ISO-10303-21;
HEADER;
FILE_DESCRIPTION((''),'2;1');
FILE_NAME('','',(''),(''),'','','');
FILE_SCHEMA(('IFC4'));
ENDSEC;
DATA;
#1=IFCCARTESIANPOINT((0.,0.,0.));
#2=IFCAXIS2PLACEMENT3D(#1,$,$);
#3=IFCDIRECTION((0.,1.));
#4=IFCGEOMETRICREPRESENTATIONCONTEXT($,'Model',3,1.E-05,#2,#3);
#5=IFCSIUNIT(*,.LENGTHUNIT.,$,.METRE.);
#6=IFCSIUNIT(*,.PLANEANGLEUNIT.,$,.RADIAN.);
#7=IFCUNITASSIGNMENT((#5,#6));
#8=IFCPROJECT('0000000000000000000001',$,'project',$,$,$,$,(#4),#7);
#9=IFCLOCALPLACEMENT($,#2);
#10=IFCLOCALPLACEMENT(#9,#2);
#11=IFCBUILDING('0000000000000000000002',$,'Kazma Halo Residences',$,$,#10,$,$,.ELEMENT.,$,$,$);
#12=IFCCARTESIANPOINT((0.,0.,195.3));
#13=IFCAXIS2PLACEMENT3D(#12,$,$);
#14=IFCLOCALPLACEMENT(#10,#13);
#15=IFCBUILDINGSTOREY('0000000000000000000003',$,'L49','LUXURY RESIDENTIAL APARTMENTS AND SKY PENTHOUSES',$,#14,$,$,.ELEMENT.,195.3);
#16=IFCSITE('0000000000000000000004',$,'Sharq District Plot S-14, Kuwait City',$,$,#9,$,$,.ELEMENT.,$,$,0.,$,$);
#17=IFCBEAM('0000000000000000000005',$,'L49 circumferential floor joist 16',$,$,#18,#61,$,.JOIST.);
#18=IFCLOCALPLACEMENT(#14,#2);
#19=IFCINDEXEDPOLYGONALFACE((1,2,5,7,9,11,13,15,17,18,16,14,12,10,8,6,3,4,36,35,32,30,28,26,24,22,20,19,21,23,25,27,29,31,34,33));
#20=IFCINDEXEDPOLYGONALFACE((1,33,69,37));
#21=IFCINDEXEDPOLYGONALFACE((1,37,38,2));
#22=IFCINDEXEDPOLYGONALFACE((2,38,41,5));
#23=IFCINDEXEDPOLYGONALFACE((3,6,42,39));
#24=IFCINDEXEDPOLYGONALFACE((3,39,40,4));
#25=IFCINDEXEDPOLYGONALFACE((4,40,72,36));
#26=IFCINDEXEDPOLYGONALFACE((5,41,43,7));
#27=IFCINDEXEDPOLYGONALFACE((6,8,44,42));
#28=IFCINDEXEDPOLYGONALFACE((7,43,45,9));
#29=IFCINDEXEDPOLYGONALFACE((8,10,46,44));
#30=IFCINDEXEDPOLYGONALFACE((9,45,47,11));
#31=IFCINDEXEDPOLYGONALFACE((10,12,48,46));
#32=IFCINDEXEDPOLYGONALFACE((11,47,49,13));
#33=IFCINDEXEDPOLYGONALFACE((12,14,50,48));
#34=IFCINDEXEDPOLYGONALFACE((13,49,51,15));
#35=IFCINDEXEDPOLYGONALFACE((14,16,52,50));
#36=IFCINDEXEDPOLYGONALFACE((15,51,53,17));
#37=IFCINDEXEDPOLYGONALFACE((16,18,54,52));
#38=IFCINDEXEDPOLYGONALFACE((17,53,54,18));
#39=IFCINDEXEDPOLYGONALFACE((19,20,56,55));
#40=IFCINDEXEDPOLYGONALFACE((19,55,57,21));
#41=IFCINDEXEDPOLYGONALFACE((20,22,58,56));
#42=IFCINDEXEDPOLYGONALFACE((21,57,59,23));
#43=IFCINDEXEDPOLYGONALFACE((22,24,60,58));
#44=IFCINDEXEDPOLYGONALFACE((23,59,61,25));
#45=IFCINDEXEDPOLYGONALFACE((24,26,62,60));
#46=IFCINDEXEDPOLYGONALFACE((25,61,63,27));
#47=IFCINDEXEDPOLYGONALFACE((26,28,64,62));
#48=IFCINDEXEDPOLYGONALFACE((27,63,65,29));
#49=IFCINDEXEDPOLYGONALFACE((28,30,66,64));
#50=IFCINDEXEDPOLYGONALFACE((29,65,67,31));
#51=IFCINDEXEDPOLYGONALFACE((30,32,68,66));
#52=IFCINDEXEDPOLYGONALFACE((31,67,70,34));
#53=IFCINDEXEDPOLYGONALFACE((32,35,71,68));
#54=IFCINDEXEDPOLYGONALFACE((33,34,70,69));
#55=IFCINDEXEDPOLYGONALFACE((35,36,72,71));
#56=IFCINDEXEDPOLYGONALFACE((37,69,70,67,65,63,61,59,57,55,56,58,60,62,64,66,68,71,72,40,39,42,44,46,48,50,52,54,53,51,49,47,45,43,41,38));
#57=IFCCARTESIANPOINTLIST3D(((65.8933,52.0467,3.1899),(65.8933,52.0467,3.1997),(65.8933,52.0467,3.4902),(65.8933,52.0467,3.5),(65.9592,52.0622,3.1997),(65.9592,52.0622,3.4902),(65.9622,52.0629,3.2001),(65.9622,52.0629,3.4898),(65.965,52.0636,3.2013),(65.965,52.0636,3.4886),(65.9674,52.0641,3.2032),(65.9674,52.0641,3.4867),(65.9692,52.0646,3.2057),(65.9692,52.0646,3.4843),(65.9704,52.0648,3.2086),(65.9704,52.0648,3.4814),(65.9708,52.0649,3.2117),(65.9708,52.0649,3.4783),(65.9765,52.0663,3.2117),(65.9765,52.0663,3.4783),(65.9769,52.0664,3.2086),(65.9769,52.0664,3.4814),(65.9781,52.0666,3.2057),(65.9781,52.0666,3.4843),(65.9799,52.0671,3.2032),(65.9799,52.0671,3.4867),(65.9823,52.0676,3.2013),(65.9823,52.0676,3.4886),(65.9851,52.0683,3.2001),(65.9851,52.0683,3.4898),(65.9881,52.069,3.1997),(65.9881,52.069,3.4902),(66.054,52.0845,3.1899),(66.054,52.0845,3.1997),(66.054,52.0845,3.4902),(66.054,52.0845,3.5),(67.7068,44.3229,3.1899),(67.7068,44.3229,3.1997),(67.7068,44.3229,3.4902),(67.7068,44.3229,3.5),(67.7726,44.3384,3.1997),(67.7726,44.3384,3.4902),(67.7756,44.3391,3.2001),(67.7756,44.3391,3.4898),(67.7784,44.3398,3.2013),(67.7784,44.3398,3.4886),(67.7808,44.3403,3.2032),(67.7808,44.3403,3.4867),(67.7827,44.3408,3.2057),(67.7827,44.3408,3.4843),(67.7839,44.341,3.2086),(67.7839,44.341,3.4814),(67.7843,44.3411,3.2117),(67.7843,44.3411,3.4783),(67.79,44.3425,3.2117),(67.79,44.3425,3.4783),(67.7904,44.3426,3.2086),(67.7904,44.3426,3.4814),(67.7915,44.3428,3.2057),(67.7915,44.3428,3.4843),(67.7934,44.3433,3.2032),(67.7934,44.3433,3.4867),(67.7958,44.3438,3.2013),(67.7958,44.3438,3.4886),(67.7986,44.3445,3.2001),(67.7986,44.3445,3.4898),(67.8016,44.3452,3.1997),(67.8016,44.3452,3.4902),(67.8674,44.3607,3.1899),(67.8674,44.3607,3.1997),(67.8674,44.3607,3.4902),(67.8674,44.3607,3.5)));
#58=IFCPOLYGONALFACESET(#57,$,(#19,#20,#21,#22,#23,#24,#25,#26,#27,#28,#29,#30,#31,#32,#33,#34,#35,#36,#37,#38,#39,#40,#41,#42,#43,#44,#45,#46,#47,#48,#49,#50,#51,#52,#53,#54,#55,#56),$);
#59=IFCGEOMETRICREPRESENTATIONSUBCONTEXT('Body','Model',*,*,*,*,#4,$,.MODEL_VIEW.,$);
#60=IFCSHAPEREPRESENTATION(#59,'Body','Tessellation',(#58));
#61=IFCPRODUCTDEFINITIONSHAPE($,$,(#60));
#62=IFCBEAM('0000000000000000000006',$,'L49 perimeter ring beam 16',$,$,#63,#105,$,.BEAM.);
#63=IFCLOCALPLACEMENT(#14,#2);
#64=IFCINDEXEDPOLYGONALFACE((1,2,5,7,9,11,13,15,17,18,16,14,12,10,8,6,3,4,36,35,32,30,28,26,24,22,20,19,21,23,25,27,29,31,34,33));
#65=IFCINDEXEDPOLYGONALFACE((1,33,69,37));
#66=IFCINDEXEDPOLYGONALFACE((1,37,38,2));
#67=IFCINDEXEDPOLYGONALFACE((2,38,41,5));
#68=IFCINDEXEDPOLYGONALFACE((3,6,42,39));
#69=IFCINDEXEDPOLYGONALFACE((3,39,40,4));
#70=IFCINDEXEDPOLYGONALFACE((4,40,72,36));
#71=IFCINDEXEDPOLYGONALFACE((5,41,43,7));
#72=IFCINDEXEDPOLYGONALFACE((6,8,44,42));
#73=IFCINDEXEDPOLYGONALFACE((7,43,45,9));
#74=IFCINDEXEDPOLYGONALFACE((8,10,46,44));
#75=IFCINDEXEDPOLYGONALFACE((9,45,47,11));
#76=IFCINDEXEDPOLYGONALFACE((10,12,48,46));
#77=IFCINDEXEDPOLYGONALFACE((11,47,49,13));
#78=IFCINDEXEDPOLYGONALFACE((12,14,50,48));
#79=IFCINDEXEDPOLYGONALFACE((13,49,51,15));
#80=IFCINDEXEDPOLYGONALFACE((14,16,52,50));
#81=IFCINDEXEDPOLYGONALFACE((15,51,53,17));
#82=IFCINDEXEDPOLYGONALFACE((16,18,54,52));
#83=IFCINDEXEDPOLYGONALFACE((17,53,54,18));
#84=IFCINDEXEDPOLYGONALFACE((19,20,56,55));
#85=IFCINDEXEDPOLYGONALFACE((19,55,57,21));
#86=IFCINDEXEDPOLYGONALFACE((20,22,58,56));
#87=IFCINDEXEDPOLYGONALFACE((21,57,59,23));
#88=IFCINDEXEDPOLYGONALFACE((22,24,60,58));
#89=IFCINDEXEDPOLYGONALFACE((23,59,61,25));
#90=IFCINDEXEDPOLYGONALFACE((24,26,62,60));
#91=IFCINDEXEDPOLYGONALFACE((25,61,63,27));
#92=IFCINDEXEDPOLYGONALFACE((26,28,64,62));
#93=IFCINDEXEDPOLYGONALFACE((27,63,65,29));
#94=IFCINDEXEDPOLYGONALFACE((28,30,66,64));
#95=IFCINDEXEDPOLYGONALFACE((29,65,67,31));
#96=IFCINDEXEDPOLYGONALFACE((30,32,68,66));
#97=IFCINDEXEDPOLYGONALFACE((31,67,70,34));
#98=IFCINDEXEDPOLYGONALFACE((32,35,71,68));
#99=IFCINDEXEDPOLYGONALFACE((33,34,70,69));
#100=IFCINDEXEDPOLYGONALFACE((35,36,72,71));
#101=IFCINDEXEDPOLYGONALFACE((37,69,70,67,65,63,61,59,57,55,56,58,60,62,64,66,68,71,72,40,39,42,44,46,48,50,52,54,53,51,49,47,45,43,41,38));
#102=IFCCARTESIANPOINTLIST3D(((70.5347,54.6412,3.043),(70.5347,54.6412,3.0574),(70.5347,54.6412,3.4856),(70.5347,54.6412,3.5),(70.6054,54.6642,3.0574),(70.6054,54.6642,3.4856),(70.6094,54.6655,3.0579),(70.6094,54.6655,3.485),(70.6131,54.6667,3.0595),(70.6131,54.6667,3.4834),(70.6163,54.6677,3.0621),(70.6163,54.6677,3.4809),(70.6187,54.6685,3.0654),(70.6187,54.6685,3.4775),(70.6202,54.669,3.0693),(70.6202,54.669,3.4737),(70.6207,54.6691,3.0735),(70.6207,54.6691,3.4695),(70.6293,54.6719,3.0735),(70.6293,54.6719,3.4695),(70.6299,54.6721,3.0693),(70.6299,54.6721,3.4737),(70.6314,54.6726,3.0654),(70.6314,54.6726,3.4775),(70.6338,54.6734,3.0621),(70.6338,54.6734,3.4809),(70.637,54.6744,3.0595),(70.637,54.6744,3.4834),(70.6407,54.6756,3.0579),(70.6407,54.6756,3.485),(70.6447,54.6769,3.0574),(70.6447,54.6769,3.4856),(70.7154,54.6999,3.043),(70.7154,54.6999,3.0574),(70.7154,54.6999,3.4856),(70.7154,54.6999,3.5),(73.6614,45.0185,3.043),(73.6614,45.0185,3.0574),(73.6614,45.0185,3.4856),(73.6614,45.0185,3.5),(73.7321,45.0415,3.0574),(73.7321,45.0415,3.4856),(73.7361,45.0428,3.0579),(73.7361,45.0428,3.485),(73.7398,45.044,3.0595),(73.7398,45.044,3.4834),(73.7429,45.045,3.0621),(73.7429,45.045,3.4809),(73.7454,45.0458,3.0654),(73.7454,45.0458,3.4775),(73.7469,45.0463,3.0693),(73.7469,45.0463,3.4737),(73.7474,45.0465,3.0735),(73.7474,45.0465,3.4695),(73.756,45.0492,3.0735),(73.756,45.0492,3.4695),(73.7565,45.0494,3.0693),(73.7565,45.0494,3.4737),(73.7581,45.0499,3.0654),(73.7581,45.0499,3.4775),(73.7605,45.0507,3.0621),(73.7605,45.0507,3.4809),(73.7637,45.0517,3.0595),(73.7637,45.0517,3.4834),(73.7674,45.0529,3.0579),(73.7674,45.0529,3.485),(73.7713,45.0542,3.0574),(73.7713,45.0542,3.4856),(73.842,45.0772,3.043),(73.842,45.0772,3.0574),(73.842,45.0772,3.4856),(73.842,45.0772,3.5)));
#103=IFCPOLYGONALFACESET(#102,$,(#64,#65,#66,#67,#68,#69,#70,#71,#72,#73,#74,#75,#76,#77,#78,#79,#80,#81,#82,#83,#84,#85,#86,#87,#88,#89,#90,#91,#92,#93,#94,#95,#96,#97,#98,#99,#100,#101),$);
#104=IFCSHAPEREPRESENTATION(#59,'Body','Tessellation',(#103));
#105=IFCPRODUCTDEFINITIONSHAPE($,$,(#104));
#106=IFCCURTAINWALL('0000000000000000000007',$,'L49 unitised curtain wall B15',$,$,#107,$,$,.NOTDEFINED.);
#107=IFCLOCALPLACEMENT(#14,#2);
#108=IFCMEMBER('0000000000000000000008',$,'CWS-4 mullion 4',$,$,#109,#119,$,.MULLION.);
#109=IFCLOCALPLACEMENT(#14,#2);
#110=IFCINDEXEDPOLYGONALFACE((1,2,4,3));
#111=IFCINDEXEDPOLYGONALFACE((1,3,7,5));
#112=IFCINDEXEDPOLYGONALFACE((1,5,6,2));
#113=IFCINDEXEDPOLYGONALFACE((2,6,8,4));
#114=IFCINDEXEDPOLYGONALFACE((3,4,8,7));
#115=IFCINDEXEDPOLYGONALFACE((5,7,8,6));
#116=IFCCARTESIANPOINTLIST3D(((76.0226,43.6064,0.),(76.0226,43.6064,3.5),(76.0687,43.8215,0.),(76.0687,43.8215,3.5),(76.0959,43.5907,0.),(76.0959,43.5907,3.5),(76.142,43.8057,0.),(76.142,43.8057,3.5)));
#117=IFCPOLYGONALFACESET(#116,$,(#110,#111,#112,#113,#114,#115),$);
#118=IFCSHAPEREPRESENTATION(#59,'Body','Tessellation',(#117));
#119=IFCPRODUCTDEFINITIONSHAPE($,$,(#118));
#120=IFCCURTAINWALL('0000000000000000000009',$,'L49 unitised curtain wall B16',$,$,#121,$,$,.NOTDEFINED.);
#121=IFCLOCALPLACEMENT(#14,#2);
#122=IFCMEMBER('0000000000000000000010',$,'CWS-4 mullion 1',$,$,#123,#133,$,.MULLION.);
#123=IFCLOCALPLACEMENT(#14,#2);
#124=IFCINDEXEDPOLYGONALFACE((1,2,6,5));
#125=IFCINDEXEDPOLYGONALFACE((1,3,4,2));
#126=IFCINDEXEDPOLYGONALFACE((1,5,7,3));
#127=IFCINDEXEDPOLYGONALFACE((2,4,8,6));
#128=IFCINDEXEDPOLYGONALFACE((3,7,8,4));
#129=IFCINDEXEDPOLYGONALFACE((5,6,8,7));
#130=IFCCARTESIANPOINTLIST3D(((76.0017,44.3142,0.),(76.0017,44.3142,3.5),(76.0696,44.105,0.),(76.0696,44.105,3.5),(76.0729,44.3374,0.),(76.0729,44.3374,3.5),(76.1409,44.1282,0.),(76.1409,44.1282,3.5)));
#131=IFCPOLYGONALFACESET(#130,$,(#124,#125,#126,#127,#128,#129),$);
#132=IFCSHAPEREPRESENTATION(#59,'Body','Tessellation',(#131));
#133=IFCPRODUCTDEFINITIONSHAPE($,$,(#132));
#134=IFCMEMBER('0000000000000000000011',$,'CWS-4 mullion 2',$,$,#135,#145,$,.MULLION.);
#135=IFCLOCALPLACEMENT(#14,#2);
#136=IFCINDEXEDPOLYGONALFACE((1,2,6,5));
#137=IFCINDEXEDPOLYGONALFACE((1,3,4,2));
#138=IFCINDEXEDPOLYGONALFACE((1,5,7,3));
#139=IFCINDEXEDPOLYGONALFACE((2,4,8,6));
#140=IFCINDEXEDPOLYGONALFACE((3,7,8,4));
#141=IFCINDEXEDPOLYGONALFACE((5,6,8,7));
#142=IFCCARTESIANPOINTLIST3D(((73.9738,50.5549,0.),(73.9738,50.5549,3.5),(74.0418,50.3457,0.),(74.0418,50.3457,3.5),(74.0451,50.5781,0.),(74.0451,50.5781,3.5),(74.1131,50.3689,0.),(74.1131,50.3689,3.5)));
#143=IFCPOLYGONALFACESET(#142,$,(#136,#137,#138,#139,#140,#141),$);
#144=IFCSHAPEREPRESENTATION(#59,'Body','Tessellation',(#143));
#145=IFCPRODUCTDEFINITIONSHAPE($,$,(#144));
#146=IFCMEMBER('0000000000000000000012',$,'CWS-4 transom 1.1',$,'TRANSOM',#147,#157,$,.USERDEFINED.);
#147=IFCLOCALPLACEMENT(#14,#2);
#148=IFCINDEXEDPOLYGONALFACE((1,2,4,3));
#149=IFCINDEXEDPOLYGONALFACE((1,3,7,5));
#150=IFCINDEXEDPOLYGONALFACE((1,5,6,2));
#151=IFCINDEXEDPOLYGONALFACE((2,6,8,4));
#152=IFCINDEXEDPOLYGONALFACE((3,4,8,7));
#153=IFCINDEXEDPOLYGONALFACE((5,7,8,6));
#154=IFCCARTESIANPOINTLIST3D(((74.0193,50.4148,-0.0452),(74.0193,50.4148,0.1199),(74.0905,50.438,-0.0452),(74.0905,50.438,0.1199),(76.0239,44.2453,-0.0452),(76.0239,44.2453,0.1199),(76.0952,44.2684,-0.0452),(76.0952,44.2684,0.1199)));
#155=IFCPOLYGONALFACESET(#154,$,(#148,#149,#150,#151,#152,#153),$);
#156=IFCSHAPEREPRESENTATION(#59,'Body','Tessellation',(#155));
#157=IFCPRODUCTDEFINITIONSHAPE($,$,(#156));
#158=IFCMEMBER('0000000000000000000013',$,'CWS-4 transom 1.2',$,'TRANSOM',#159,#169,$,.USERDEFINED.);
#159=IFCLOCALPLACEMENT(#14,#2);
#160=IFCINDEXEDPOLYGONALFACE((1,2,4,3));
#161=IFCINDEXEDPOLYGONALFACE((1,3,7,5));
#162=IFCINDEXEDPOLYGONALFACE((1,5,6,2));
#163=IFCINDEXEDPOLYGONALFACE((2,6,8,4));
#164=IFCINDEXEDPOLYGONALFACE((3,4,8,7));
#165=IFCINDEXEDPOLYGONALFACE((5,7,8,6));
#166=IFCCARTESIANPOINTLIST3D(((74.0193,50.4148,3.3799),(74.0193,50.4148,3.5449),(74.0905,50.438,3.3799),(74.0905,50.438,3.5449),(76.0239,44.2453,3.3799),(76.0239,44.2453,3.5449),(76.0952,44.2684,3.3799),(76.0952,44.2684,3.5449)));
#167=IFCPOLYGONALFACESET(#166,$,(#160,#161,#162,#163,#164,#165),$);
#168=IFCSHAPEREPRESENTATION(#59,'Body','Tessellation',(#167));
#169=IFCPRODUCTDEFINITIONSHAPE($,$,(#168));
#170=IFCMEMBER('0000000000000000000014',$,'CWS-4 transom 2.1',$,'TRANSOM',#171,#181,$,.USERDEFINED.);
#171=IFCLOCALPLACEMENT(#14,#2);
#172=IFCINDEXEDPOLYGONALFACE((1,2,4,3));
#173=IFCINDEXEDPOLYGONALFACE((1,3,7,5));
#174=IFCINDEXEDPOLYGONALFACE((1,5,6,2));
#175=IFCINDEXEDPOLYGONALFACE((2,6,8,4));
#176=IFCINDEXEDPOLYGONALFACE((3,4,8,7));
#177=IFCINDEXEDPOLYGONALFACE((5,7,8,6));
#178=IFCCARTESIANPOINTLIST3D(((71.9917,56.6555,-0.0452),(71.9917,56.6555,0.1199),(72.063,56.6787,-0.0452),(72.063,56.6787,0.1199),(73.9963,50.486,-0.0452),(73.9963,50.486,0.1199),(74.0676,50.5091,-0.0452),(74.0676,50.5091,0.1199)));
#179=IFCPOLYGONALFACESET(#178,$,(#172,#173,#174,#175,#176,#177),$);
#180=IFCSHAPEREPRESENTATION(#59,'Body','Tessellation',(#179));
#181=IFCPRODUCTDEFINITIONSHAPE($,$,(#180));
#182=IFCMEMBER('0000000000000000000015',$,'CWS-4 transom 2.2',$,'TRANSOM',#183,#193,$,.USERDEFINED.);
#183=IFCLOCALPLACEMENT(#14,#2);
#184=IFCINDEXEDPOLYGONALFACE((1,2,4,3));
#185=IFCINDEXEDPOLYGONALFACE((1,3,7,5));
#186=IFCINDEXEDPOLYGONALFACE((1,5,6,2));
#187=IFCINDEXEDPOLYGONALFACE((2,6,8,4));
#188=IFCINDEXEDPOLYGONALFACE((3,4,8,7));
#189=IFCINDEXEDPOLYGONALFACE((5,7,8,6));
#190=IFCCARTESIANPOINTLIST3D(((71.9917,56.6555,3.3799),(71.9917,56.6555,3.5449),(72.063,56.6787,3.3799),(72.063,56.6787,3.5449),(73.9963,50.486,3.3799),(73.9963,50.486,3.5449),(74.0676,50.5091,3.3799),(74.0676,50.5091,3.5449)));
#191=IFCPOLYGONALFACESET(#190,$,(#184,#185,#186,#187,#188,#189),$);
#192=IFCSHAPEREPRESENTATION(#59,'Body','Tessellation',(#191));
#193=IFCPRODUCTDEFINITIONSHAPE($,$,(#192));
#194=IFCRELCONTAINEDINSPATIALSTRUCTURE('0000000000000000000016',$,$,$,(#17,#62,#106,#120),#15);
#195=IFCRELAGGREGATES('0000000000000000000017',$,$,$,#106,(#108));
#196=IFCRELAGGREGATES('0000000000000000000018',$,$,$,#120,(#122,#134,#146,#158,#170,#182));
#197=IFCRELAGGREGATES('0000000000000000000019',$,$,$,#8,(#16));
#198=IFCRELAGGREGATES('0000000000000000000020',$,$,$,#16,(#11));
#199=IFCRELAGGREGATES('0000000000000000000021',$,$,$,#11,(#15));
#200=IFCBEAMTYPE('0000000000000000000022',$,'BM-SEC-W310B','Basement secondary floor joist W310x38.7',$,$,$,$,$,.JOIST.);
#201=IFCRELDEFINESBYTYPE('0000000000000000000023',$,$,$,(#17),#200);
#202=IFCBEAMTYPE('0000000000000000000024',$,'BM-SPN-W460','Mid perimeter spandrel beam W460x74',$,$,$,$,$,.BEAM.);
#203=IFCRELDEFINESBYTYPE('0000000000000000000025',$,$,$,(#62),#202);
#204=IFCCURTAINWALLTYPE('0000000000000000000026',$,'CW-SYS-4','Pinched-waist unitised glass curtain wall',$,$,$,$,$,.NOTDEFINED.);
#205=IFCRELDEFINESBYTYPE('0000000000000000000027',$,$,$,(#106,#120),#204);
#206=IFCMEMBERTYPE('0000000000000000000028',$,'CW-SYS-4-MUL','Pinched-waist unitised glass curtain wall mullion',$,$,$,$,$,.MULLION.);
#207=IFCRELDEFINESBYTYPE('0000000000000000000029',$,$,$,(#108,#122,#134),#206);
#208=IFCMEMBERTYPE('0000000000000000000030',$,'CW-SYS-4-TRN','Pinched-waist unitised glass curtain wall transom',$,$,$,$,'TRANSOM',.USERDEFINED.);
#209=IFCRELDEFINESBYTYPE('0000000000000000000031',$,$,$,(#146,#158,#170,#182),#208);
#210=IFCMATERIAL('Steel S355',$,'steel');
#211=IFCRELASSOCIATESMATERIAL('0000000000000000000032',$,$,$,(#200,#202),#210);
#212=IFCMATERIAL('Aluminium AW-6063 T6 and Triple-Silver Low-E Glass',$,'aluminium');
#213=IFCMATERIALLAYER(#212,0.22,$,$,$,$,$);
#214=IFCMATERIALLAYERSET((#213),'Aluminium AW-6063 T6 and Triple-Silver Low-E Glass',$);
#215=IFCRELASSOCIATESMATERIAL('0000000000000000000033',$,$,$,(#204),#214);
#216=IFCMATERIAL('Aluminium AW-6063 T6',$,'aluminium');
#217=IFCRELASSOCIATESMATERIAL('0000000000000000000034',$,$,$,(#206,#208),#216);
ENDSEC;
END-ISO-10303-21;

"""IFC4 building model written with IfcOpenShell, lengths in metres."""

from ifc_helpers import new_model, si_unit, direction, frame, origin, origin_2d, place, context, subcontext, project, spatial, rectangle, i_section, extrude, material, layer, layer_set, material_profile, profile_set, type_object, element, aggregate, save


model = new_model("IFC4")

# Units and contexts
model_context = context("Model", 3, precision=1e-05, world=origin(), true_north=direction((0.0, 1.0)))
body_context = subcontext(model_context, "Body", "Model", "MODEL_VIEW")
ifc_project = project(units=[si_unit("LENGTHUNIT", "METRE"), si_unit("PLANEANGLEUNIT", "RADIAN")], contexts=[model_context])

# Site, building, storey
site_placement = place(None, origin())
site = spatial("IfcSite", under=ifc_project, at=site_placement, Name="Sharq District Plot S-14, Kuwait City", CompositionType="ELEMENT", RefElevation=0.0)
building_placement = place(site_placement, origin())
building = spatial("IfcBuilding", under=site, at=building_placement, Name="Kazma Halo Residences", CompositionType="ELEMENT")
storey_placement = place(building_placement, frame((0.0, 0.0, 195.3)))
storey = spatial("IfcBuildingStorey", under=building, at=storey_placement, Name="L49", Description="LUXURY RESIDENTIAL APARTMENTS AND SKY PENTHOUSES", CompositionType="ELEMENT", Elevation=195.3)

# Beams
ifc_material_1 = material(Name="Steel S355", Category="steel")
ifc_material_profile_1 = material_profile(ifc_material_1, i_section(OverallWidth=0.165, OverallDepth=0.3101, WebThickness=0.0059, FlangeThickness=0.0098, FilletRadius=0.012, at=origin_2d()), Name="W310x38.7")
ifc_profile_set_1 = profile_set([ifc_material_profile_1], Name="Steel S355")
beam_type_1 = type_object("IfcBeamType", Name="BM-SEC-W310B", Description="Basement secondary floor joist W310x38.7", PredefinedType="JOIST", material=ifc_profile_set_1)
beam_1_placement = place(storey_placement, frame((67.7871, 44.3418, 3.345), z_axis=(-0.228573, 0.973527, 0.0), x_axis=(-0.973527, -0.228573, 0.0)))
element("IfcBeam", 1, at=beam_1_placement, inside=storey, type_object=beam_type_1, Name="L49 circumferential floor joist 16", PredefinedType="JOIST", context=body_context, shape_type="SweptSolid", body=[
    extrude(i_section(OverallWidth=0.165, OverallDepth=0.3101, WebThickness=0.0059, FlangeThickness=0.0098, FilletRadius=0.012, at=origin_2d()), origin(), (0.0, 0.0, 1.0), 7.9338),
])
ifc_material_profile_2 = material_profile(ifc_material_1, i_section(OverallWidth=0.1899, OverallDepth=0.457, WebThickness=0.009, FlangeThickness=0.0144, FilletRadius=0.0161, at=origin_2d()), Name="W460x74")
ifc_profile_set_2 = profile_set([ifc_material_profile_2], Name="Steel S355")
beam_type_2 = type_object("IfcBeamType", Name="BM-SPN-W460", Description="Mid perimeter spandrel beam W460x74", PredefinedType="BEAM", material=ifc_profile_set_2)
beam_2_placement = place(storey_placement, frame((73.7517, 45.0479, 3.2715), z_axis=(-0.309023, 0.951054, 0.0), x_axis=(-0.951054, -0.309023, 0.0)))
element("IfcBeam", 2, at=beam_2_placement, inside=storey, type_object=beam_type_2, Name="L49 perimeter ring beam 16", PredefinedType="BEAM", context=body_context, shape_type="SweptSolid", body=[
    extrude(i_section(OverallWidth=0.1899, OverallDepth=0.457, WebThickness=0.009, FlangeThickness=0.0144, FilletRadius=0.0161, at=origin_2d()), origin(), (0.0, 0.0, 1.0), 10.1179),
])

# Curtain wall, member
ifc_material_2 = material(Name="Aluminium AW-6063 T6 and Triple-Silver Low-E Glass", Category="aluminium")
ifc_layer_1 = layer(ifc_material_2, 0.22)
ifc_layer_set_1 = layer_set([ifc_layer_1], Name="Aluminium AW-6063 T6 and Triple-Silver Low-E Glass")
curtain_wall_type = type_object("IfcCurtainWallType", Name="CW-SYS-4", Description="Pinched-waist unitised glass curtain wall", PredefinedType="NOTDEFINED", material=ifc_layer_set_1)
curtain_wall_1_placement = place(storey_placement, origin())
curtain_wall_1 = element("IfcCurtainWall", 3, at=curtain_wall_1_placement, inside=storey, type_object=curtain_wall_type, Name="L49 unitised curtain wall B15", PredefinedType="NOTDEFINED")
ifc_material_3 = material(Name="Aluminium AW-6063 T6", Category="aluminium")
ifc_material_profile_3 = material_profile(ifc_material_3, rectangle(XDim=0.075, YDim=0.22, at=origin_2d()), Name="CWM-75x220")
ifc_profile_set_3 = profile_set([ifc_material_profile_3], Name="Aluminium AW-6063 T6")
member_type_1 = type_object("IfcMemberType", Name="CW-SYS-4-MUL", Description="Pinched-waist unitised glass curtain wall mullion", PredefinedType="MULLION", material=ifc_profile_set_3)
member_1_placement = place(storey_placement, frame((76.0823, 43.7061, 0.0), z_axis=(0.0, 0.0, 1.0), x_axis=(-0.977768, 0.20969, 0.0)))
member_1 = element("IfcMember", 4, at=member_1_placement, type_object=member_type_1, Name="CWS-4 mullion 4", PredefinedType="MULLION", context=body_context, shape_type="SweptSolid", body=[
    extrude(rectangle(XDim=0.075, YDim=0.22, at=origin_2d()), origin(), (0.0, 0.0, 1.0), 3.5),
])
aggregate(curtain_wall_1, [member_1])

# Curtain wall, members
curtain_wall_2_placement = place(storey_placement, origin())
curtain_wall_2 = element("IfcCurtainWall", 5, at=curtain_wall_2_placement, inside=storey, type_object=curtain_wall_type, Name="L49 unitised curtain wall B16", PredefinedType="NOTDEFINED")
member_2_placement = place(storey_placement, frame((76.0713, 44.2212, 0.0), z_axis=(0.0, 0.0, 1.0), x_axis=(-0.951057, -0.309016, 0.0)))
member_2 = element("IfcMember", 6, at=member_2_placement, type_object=member_type_1, Name="CWS-4 mullion 1", PredefinedType="MULLION", context=body_context, shape_type="SweptSolid", body=[
    extrude(rectangle(XDim=0.075, YDim=0.22, at=origin_2d()), origin(), (0.0, 0.0, 1.0), 3.5),
])
member_3_placement = place(storey_placement, frame((74.0435, 50.4619, 0.0), z_axis=(0.0, 0.0, 1.0), x_axis=(-0.951057, -0.309016, 0.0)))
member_3 = element("IfcMember", 7, at=member_3_placement, type_object=member_type_1, Name="CWS-4 mullion 2", PredefinedType="MULLION", context=body_context, shape_type="SweptSolid", body=[
    extrude(rectangle(XDim=0.075, YDim=0.22, at=origin_2d()), origin(), (0.0, 0.0, 1.0), 3.5),
])
ifc_material_profile_4 = material_profile(ifc_material_3, rectangle(XDim=0.075, YDim=0.165, at=origin_2d()), Name="CWT-75x165")
ifc_profile_set_4 = profile_set([ifc_material_profile_4], Name="Aluminium AW-6063 T6")
member_type_2 = type_object("IfcMemberType", Name="CW-SYS-4-TRN", Description="Pinched-waist unitised glass curtain wall transom", ElementType="TRANSOM", PredefinedType="USERDEFINED", material=ifc_profile_set_4)
member_4_placement = place(storey_placement, frame((76.0596, 44.2568, 0.0374), z_axis=(-0.309027, 0.951053, 0.0), x_axis=(-0.951053, -0.309027, 0.0)))
member_4 = element("IfcMember", 8, at=member_4_placement, type_object=member_type_2, Name="CWS-4 transom 1.1", ObjectType="TRANSOM", PredefinedType="USERDEFINED", context=body_context, shape_type="SweptSolid", body=[
    extrude(rectangle(XDim=0.075, YDim=0.165, at=origin_2d()), origin(), (0.0, 0.0, 1.0), 6.4871),
])
member_5_placement = place(storey_placement, frame((76.0596, 44.2568, 3.4624), z_axis=(-0.309027, 0.951053, 0.0), x_axis=(-0.951053, -0.309027, 0.0)))
member_5 = element("IfcMember", 9, at=member_5_placement, type_object=member_type_2, Name="CWS-4 transom 1.2", ObjectType="TRANSOM", PredefinedType="USERDEFINED", context=body_context, shape_type="SweptSolid", body=[
    extrude(rectangle(XDim=0.075, YDim=0.165, at=origin_2d()), origin(), (0.0, 0.0, 1.0), 6.4871),
])
member_6_placement = place(storey_placement, frame((74.032, 50.4976, 0.0374), z_axis=(-0.309015, 0.951057, 0.0), x_axis=(-0.951057, -0.309015, 0.0)))
member_6 = element("IfcMember", 10, at=member_6_placement, type_object=member_type_2, Name="CWS-4 transom 2.1", ObjectType="TRANSOM", PredefinedType="USERDEFINED", context=body_context, shape_type="SweptSolid", body=[
    extrude(rectangle(XDim=0.075, YDim=0.165, at=origin_2d()), origin(), (0.0, 0.0, 1.0), 6.4871),
])
member_7_placement = place(storey_placement, frame((74.032, 50.4976, 3.4624), z_axis=(-0.309015, 0.951057, 0.0), x_axis=(-0.951057, -0.309015, 0.0)))
member_7 = element("IfcMember", 11, at=member_7_placement, type_object=member_type_2, Name="CWS-4 transom 2.2", ObjectType="TRANSOM", PredefinedType="USERDEFINED", context=body_context, shape_type="SweptSolid", body=[
    extrude(rectangle(XDim=0.075, YDim=0.165, at=origin_2d()), origin(), (0.0, 0.0, 1.0), 6.4871),
])
aggregate(curtain_wall_2, [member_2, member_3, member_4, member_5, member_6, member_7])

save(model, "model.ifc")
